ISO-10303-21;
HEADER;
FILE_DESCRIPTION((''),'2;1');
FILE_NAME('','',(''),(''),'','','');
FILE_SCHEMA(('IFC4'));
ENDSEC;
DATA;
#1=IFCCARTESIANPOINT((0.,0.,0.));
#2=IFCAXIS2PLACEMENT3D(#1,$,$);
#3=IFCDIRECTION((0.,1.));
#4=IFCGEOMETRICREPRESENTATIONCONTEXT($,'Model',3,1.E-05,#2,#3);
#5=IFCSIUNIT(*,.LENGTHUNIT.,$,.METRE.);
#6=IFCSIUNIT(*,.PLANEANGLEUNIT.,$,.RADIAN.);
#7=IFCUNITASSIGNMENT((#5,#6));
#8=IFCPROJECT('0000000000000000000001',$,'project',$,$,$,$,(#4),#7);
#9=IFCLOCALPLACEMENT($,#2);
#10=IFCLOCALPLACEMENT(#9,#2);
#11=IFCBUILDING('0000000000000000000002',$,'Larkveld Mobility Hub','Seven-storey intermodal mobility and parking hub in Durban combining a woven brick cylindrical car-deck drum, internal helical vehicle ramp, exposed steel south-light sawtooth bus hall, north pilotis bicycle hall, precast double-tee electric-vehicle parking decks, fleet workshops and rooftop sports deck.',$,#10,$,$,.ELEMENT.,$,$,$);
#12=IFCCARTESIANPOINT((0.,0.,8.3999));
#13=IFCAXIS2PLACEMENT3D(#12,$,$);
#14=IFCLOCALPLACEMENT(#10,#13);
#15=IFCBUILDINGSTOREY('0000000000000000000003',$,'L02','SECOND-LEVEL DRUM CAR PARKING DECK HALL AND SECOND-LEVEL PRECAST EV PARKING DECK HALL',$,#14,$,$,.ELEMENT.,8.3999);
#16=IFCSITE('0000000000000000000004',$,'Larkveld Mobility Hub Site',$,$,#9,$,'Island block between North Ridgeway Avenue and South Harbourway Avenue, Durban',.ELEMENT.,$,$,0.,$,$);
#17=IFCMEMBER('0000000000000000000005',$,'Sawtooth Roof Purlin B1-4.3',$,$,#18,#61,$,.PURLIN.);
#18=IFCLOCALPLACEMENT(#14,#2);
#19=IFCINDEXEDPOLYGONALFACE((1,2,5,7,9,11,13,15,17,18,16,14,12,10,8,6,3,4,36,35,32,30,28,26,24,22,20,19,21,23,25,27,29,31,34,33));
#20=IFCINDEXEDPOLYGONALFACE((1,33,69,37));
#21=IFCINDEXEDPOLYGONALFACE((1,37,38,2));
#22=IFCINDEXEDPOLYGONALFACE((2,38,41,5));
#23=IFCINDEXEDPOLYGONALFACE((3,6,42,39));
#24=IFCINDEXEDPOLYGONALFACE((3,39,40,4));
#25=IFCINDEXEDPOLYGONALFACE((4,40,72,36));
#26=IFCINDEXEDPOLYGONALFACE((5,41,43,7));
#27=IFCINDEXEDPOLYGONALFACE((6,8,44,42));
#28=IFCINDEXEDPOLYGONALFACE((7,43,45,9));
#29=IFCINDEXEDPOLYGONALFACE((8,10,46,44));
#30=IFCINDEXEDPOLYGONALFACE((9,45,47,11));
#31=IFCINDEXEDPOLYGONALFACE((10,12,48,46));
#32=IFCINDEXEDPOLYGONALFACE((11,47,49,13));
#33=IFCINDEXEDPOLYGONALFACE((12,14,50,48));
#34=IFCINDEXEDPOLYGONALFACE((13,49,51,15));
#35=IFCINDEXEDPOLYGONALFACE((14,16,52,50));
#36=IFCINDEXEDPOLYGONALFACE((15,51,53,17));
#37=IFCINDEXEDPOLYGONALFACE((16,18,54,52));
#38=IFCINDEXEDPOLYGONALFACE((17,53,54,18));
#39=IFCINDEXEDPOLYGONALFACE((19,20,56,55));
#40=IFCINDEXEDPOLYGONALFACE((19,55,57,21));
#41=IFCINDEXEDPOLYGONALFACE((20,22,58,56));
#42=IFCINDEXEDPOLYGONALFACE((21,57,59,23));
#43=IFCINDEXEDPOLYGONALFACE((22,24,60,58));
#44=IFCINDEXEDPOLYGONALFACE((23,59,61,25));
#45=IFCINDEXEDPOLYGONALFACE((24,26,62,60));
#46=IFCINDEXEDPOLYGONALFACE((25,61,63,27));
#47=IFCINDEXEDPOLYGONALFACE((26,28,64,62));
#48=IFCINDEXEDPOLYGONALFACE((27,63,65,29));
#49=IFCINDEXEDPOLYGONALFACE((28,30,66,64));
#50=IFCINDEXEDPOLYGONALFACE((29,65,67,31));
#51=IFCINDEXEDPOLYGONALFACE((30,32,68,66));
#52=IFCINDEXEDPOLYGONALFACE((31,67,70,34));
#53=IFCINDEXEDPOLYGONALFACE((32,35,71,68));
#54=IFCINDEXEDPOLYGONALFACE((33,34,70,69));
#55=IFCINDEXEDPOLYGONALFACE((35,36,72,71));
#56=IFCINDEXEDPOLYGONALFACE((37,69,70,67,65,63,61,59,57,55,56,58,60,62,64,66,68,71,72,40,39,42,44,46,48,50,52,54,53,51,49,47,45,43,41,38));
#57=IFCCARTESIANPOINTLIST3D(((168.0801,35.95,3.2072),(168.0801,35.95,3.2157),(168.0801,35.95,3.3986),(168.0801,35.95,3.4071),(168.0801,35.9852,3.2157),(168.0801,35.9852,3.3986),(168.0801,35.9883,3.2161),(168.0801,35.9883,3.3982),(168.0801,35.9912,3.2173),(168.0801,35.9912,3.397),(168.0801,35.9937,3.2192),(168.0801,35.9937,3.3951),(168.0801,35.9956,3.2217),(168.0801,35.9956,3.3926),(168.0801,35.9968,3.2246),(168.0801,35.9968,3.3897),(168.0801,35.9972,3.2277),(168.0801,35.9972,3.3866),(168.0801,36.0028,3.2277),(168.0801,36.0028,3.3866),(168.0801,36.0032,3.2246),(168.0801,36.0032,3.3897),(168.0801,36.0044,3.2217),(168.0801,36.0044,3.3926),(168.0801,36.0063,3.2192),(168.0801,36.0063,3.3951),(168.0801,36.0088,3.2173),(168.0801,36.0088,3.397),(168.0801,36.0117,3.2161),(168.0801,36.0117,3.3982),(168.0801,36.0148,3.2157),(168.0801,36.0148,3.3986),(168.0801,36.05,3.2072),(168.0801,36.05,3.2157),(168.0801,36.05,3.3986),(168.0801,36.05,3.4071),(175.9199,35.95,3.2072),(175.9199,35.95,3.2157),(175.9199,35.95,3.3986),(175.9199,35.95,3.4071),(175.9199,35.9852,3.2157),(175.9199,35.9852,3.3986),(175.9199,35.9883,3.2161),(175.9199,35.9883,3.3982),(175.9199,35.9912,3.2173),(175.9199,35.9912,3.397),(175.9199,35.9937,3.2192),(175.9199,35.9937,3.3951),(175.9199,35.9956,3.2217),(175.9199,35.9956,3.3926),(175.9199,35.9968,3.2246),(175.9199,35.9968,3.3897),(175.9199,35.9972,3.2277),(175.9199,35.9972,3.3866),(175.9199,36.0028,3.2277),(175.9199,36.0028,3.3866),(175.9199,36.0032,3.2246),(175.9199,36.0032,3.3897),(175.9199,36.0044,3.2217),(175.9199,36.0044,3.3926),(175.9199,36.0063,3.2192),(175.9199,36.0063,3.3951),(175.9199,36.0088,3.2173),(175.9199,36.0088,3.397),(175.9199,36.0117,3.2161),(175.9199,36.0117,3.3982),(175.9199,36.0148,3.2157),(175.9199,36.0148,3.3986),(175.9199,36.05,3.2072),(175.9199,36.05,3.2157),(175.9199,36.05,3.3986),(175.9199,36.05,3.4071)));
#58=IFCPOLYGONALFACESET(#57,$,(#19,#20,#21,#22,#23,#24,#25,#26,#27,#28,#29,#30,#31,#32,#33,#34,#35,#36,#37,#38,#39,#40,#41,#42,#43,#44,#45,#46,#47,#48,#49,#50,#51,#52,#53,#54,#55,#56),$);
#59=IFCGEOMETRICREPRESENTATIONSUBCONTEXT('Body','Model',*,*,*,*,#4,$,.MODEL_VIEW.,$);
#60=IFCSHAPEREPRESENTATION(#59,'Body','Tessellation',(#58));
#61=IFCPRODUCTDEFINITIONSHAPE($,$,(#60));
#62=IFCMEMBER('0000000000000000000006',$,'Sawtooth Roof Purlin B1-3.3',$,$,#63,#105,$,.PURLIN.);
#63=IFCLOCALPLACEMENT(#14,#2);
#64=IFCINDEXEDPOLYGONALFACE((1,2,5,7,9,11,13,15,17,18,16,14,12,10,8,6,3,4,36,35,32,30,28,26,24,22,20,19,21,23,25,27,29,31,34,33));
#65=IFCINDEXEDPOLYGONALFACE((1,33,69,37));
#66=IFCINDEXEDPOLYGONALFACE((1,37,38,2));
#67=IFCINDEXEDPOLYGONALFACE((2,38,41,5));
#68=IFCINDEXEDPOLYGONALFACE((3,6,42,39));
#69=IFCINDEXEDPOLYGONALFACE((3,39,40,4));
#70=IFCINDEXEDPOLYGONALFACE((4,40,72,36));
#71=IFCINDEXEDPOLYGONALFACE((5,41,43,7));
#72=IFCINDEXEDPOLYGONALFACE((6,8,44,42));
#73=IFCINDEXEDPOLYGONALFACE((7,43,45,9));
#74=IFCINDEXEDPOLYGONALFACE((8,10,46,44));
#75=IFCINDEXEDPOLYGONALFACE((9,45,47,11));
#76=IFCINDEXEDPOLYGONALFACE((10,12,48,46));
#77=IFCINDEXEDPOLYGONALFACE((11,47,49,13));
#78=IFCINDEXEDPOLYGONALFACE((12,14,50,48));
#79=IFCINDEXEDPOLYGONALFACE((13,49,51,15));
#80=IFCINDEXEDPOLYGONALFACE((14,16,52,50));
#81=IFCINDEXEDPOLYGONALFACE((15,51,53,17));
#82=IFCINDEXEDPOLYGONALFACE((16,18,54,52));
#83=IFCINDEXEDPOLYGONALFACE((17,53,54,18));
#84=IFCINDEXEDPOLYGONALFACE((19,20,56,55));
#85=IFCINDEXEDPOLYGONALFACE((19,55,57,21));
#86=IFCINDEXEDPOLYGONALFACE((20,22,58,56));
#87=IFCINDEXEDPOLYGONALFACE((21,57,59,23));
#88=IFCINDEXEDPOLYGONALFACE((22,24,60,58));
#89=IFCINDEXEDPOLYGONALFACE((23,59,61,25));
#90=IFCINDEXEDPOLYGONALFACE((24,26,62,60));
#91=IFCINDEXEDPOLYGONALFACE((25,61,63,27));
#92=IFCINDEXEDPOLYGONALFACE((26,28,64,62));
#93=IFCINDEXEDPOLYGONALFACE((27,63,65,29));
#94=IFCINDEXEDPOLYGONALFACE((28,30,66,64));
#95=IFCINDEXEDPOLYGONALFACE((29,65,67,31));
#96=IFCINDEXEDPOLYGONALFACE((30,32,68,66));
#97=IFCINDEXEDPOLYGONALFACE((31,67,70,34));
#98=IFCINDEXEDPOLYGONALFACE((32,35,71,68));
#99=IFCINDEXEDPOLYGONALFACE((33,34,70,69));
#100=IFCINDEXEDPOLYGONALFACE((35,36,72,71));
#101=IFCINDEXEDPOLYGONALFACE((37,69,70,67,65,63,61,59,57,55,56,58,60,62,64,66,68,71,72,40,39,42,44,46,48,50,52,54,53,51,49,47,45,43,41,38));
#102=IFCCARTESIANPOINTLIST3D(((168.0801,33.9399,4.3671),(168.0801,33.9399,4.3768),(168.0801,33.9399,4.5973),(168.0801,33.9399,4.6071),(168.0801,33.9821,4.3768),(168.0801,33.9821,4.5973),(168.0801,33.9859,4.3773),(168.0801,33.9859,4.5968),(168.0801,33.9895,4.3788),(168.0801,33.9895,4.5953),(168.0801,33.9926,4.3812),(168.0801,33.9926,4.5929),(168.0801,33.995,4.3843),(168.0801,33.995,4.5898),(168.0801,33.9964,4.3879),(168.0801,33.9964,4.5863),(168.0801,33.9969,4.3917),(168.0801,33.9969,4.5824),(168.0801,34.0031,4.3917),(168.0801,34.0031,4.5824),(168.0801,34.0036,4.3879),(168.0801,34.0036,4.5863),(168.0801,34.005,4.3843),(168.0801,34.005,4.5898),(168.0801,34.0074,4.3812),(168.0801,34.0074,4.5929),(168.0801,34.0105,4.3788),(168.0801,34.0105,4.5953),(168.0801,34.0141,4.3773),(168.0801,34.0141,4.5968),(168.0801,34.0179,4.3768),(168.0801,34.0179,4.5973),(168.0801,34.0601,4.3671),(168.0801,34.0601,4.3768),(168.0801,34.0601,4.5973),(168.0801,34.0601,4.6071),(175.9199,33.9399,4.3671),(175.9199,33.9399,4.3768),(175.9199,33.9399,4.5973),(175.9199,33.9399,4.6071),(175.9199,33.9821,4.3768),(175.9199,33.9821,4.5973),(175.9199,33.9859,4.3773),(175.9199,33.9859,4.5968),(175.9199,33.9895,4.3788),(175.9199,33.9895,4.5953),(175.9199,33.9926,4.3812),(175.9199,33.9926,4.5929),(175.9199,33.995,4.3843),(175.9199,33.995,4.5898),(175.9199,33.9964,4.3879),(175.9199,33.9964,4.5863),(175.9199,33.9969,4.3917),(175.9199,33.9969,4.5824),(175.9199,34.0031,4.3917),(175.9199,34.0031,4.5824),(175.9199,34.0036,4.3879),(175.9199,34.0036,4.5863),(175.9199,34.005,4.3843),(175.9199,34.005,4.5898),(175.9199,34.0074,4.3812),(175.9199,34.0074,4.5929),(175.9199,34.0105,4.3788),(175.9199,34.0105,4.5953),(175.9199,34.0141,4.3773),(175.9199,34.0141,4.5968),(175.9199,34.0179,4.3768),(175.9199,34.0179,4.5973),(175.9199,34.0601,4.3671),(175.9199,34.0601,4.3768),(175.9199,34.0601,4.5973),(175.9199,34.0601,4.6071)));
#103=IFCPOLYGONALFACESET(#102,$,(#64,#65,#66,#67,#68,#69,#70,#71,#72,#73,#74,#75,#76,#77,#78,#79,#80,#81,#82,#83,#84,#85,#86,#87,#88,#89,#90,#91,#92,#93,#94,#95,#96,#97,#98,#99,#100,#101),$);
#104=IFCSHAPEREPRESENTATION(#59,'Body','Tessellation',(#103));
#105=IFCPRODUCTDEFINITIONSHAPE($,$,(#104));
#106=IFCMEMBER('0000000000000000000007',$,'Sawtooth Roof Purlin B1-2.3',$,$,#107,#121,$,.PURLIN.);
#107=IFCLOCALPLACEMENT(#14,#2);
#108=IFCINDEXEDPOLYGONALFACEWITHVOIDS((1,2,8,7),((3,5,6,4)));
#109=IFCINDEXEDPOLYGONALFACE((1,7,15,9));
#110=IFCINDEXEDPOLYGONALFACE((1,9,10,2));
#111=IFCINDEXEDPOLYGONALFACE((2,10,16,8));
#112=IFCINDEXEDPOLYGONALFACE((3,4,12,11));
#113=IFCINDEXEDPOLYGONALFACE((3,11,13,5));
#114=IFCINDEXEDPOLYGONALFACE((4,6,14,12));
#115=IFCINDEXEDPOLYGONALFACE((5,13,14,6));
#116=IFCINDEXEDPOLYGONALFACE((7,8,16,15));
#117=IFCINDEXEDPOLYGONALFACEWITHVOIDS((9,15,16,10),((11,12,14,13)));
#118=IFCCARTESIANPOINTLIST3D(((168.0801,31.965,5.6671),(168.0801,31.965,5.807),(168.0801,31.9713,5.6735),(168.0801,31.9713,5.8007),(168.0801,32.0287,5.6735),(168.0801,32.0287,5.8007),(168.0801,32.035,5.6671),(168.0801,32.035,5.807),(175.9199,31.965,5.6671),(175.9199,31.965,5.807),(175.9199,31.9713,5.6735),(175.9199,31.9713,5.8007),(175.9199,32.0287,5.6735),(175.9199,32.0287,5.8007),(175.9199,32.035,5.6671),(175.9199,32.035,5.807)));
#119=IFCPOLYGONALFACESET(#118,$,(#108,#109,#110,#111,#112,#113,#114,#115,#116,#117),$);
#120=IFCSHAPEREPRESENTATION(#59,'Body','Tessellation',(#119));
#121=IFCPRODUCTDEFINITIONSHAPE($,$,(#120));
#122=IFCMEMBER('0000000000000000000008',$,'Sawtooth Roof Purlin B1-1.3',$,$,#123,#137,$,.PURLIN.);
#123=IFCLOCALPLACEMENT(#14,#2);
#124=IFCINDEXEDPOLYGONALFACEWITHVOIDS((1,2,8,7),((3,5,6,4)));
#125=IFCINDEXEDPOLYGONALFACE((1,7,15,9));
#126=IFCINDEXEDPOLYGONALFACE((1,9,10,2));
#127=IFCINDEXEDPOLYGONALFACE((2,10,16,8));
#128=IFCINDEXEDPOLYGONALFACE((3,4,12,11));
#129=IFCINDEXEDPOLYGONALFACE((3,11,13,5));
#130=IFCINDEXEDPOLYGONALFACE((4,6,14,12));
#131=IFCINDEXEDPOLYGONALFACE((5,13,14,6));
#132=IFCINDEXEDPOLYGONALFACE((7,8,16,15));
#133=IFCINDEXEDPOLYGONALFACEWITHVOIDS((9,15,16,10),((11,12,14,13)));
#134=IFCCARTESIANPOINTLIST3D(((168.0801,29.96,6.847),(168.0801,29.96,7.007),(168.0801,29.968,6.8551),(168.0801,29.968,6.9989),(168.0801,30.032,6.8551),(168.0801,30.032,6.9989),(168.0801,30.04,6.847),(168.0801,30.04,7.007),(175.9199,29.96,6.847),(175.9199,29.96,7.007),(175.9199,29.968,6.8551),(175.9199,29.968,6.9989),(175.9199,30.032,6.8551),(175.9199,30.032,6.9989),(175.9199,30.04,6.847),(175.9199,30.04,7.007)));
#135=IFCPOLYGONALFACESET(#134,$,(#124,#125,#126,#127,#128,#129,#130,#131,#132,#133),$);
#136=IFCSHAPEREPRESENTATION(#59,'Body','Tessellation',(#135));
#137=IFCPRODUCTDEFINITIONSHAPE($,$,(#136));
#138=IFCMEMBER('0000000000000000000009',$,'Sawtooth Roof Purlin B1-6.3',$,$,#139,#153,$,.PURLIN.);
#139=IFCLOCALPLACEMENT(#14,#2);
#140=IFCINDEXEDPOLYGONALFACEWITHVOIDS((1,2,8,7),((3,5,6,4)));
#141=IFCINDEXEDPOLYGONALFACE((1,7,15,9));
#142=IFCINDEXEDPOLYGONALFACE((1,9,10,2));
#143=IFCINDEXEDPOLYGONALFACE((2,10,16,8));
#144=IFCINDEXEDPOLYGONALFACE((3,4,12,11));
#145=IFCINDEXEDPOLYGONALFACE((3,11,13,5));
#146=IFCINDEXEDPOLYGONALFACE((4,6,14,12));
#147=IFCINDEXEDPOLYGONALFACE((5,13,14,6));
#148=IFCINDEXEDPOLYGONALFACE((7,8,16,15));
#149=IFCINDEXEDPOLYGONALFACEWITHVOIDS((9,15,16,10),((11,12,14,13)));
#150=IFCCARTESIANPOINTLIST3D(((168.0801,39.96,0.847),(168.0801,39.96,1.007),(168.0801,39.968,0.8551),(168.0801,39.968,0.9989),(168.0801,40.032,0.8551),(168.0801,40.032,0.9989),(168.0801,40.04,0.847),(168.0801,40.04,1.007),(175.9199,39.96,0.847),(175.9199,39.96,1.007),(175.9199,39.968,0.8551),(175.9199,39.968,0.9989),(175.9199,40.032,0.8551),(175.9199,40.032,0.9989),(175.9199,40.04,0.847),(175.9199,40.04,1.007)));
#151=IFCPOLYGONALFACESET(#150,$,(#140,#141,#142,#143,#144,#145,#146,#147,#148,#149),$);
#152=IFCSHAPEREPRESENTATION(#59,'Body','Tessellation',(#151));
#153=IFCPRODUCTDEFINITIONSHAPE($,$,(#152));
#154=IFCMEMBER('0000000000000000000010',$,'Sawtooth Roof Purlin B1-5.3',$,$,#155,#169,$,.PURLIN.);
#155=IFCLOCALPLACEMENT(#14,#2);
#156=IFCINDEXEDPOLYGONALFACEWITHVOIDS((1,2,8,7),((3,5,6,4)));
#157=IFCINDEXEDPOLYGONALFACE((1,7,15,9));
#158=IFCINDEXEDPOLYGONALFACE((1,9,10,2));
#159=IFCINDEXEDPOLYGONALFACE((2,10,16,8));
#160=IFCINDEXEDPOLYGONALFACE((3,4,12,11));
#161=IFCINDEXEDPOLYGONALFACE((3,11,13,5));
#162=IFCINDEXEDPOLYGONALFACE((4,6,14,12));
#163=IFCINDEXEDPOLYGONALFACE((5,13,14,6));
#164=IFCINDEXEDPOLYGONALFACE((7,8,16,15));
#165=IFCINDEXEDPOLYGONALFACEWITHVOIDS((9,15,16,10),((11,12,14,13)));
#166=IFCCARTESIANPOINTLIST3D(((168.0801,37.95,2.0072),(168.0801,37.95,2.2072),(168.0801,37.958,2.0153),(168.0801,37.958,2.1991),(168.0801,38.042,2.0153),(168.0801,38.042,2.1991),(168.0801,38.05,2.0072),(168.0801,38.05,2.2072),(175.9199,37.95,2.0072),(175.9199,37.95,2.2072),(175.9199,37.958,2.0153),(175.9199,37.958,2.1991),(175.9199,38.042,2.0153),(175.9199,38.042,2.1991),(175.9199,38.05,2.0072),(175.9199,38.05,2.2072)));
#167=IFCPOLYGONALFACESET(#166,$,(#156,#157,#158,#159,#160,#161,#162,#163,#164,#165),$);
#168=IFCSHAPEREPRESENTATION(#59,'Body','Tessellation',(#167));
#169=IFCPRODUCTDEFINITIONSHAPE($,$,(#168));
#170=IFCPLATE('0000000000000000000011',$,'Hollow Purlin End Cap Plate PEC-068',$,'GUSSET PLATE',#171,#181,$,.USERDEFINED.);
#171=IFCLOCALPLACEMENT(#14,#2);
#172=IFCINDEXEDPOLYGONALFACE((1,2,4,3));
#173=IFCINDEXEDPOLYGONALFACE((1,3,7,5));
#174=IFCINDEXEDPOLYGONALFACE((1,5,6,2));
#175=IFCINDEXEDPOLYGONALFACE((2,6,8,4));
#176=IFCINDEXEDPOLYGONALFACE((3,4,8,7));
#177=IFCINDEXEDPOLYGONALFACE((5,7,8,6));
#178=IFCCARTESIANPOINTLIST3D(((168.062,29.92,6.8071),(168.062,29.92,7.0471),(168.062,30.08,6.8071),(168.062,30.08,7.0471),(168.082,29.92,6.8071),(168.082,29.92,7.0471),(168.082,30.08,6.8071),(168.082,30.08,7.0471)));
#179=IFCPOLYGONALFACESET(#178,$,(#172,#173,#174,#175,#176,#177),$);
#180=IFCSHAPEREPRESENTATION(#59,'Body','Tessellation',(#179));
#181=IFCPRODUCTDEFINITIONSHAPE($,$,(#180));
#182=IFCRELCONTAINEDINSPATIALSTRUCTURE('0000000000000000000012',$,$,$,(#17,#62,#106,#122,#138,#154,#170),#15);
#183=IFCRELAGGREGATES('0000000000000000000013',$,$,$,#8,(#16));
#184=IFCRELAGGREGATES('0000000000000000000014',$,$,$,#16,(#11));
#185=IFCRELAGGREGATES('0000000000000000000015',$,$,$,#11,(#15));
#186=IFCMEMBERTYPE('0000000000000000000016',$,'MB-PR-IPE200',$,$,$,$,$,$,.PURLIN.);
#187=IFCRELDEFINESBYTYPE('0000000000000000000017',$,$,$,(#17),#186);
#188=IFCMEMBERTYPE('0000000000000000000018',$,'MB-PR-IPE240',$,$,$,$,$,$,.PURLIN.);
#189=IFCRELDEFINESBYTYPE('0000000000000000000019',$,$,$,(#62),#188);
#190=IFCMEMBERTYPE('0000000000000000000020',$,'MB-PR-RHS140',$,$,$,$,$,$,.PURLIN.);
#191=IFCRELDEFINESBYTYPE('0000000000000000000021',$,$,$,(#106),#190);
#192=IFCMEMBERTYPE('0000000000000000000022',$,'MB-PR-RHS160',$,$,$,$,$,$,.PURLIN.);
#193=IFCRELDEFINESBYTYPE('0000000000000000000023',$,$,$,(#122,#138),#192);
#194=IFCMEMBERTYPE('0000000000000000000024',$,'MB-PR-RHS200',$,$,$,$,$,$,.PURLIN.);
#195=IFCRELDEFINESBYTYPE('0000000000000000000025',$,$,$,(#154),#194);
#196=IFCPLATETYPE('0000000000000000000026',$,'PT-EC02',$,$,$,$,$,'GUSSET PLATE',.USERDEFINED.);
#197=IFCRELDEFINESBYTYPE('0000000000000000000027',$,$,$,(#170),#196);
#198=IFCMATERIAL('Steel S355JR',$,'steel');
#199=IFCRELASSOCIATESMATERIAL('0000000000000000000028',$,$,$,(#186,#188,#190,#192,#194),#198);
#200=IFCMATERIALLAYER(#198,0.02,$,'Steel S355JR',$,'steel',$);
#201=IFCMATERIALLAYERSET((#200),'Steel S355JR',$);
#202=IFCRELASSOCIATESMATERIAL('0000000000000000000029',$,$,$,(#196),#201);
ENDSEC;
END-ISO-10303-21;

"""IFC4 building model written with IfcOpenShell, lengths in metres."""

from ifc_helpers import new_model, si_unit, direction, frame, origin, origin_2d, place, context, subcontext, project, spatial, rectangle, hollow_rectangle, i_section, extrude, material, layer, layer_set, material_profile, profile_set, type_object, element, save


model = new_model("IFC4")

# Units and contexts
model_context = context("Model", 3, precision=1e-05, world=origin(), true_north=direction((0.0, 1.0)))
body_context = subcontext(model_context, "Body", "Model", "MODEL_VIEW")
ifc_project = project(units=[si_unit("LENGTHUNIT", "METRE"), si_unit("PLANEANGLEUNIT", "RADIAN")], contexts=[model_context])

# Site, building, storey
site_placement = place(None, origin())
site = spatial("IfcSite", under=ifc_project, at=site_placement, Name="Larkveld Mobility Hub Site", LongName="Island block between North Ridgeway Avenue and South Harbourway Avenue, Durban", CompositionType="ELEMENT", RefElevation=0.0)
building_placement = place(site_placement, origin())
building = spatial("IfcBuilding", under=site, at=building_placement, Name="Larkveld Mobility Hub", Description="Seven-storey intermodal mobility and parking hub in Durban combining a woven brick cylindrical car-deck drum, internal helical vehicle ramp, exposed steel south-light sawtooth bus hall, north pilotis bicycle hall, precast double-tee electric-vehicle parking decks, fleet workshops and rooftop sports deck.", CompositionType="ELEMENT")
storey_placement = place(building_placement, frame((0.0, 0.0, 8.3999)))
storey = spatial("IfcBuildingStorey", under=building, at=storey_placement, Name="L02", Description="SECOND-LEVEL DRUM CAR PARKING DECK HALL AND SECOND-LEVEL PRECAST EV PARKING DECK HALL", CompositionType="ELEMENT", Elevation=8.3999)

# Members
ifc_material_1 = material(Name="Steel S355JR", Category="steel")
ifc_material_profile_1 = material_profile(ifc_material_1, i_section(OverallWidth=0.1001, OverallDepth=0.2, WebThickness=0.0056, FlangeThickness=0.0085, FilletRadius=0.012, at=origin_2d()), Name="IPE 200")
ifc_profile_set_1 = profile_set([ifc_material_profile_1], Name="Steel S355JR")
member_type_1 = type_object("IfcMemberType", Name="MB-PR-IPE200", PredefinedType="PURLIN", material=ifc_profile_set_1)
member_1_placement = place(storey_placement, frame((168.0801, 36.0, 3.3071), z_axis=(1.0, 0.0, 0.0), x_axis=(0.0, 1.0, 0.0)))
element("IfcMember", 1, at=member_1_placement, inside=storey, type_object=member_type_1, Name="Sawtooth Roof Purlin B1-4.3", PredefinedType="PURLIN", context=body_context, shape_type="SweptSolid", body=[
    extrude(i_section(OverallWidth=0.1001, OverallDepth=0.2, WebThickness=0.0056, FlangeThickness=0.0085, FilletRadius=0.012, at=origin_2d()), origin(), (0.0, 0.0, 1.0), 7.8398),
])
ifc_material_profile_2 = material_profile(ifc_material_1, i_section(OverallWidth=0.1201, OverallDepth=0.24, WebThickness=0.0061, FlangeThickness=0.0098, FilletRadius=0.0149, at=origin_2d()), Name="IPE 240")
ifc_profile_set_2 = profile_set([ifc_material_profile_2], Name="Steel S355JR")
member_type_2 = type_object("IfcMemberType", Name="MB-PR-IPE240", PredefinedType="PURLIN", material=ifc_profile_set_2)
member_2_placement = place(storey_placement, frame((168.0801, 34.0, 4.4871), z_axis=(1.0, 0.0, 0.0), x_axis=(0.0, 1.0, 0.0)))
element("IfcMember", 2, at=member_2_placement, inside=storey, type_object=member_type_2, Name="Sawtooth Roof Purlin B1-3.3", PredefinedType="PURLIN", context=body_context, shape_type="SweptSolid", body=[
    extrude(i_section(OverallWidth=0.1201, OverallDepth=0.24, WebThickness=0.0061, FlangeThickness=0.0098, FilletRadius=0.0149, at=origin_2d()), origin(), (0.0, 0.0, 1.0), 7.8398),
])
ifc_material_profile_3 = material_profile(ifc_material_1, hollow_rectangle(XDim=0.0701, YDim=0.1399, WallThickness=0.0063, at=origin_2d()), Name="RHS 140x70x6.3")
ifc_profile_set_3 = profile_set([ifc_material_profile_3], Name="Steel S355JR")
member_type_3 = type_object("IfcMemberType", Name="MB-PR-RHS140", PredefinedType="PURLIN", material=ifc_profile_set_3)
member_3_placement = place(storey_placement, frame((168.0801, 32.0, 5.7371), z_axis=(1.0, 0.0, 0.0), x_axis=(0.0, 1.0, 0.0)))
element("IfcMember", 3, at=member_3_placement, inside=storey, type_object=member_type_3, Name="Sawtooth Roof Purlin B1-2.3", PredefinedType="PURLIN", context=body_context, shape_type="SweptSolid", body=[
    extrude(hollow_rectangle(XDim=0.0701, YDim=0.1399, WallThickness=0.0063, at=origin_2d()), origin(), (0.0, 0.0, 1.0), 7.8398),
])
ifc_material_profile_4 = material_profile(ifc_material_1, hollow_rectangle(XDim=0.0801, YDim=0.1599, WallThickness=0.0081, at=origin_2d()), Name="RHS 160x80x8")
ifc_profile_set_4 = profile_set([ifc_material_profile_4], Name="Steel S355JR")
member_type_4 = type_object("IfcMemberType", Name="MB-PR-RHS160", PredefinedType="PURLIN", material=ifc_profile_set_4)
for number, where, z_axis, x_axis, name in (
    (4, (168.0801, 30.0, 6.927), (1.0, 0.0, 0.0), (0.0, 1.0, 0.0), "Sawtooth Roof Purlin B1-1.3"),
    (5, (168.0801, 40.0, 0.927), (1.0, 0.0, 0.0), (0.0, 1.0, 0.0), "Sawtooth Roof Purlin B1-6.3"),
):
    element("IfcMember", number, at=place(storey_placement, frame(where, z_axis=z_axis, x_axis=x_axis)), inside=storey, type_object=member_type_4, Name=name, PredefinedType="PURLIN", context=body_context, shape_type="SweptSolid", body=[
        extrude(hollow_rectangle(XDim=0.0801, YDim=0.1599, WallThickness=0.0081, at=origin_2d()), origin(), (0.0, 0.0, 1.0), 7.8398),
    ])
ifc_material_profile_5 = material_profile(ifc_material_1, hollow_rectangle(XDim=0.1001, YDim=0.2, WallThickness=0.0081, at=origin_2d()), Name="RHS 200x100x8")
ifc_profile_set_5 = profile_set([ifc_material_profile_5], Name="Steel S355JR")
member_type_5 = type_object("IfcMemberType", Name="MB-PR-RHS200", PredefinedType="PURLIN", material=ifc_profile_set_5)
member_4_placement = place(storey_placement, frame((168.0801, 38.0, 2.1072), z_axis=(1.0, 0.0, 0.0), x_axis=(0.0, 1.0, 0.0)))
element("IfcMember", 6, at=member_4_placement, inside=storey, type_object=member_type_5, Name="Sawtooth Roof Purlin B1-5.3", PredefinedType="PURLIN", context=body_context, shape_type="SweptSolid", body=[
    extrude(hollow_rectangle(XDim=0.1001, YDim=0.2, WallThickness=0.0081, at=origin_2d()), origin(), (0.0, 0.0, 1.0), 7.8398),
])

# Plate
ifc_layer_1 = layer(ifc_material_1, 0.02, Name="Steel S355JR", Category="steel")
ifc_layer_set_1 = layer_set([ifc_layer_1], Name="Steel S355JR")
plate_type_1 = type_object("IfcPlateType", Name="PT-EC02", ElementType="GUSSET PLATE", PredefinedType="USERDEFINED", material=ifc_layer_set_1)
for number, where, z_axis, x_axis, name in (
    (7, (168.072, 30.0, 6.8071), (0.0, 0.0, 1.0), (1.0, 0.0, 0.0), "Hollow Purlin End Cap Plate PEC-068"),
):
    element("IfcPlate", number, at=place(storey_placement, frame(where, z_axis=z_axis, x_axis=x_axis)), inside=storey, type_object=plate_type_1, Name=name, ObjectType="GUSSET PLATE", PredefinedType="USERDEFINED", context=body_context, shape_type="SweptSolid", body=[
        extrude(rectangle(XDim=0.02, YDim=0.1599, at=origin_2d()), origin(), (0.0, 0.0, 1.0), 0.24),
    ])

save(model, "model.ifc")
